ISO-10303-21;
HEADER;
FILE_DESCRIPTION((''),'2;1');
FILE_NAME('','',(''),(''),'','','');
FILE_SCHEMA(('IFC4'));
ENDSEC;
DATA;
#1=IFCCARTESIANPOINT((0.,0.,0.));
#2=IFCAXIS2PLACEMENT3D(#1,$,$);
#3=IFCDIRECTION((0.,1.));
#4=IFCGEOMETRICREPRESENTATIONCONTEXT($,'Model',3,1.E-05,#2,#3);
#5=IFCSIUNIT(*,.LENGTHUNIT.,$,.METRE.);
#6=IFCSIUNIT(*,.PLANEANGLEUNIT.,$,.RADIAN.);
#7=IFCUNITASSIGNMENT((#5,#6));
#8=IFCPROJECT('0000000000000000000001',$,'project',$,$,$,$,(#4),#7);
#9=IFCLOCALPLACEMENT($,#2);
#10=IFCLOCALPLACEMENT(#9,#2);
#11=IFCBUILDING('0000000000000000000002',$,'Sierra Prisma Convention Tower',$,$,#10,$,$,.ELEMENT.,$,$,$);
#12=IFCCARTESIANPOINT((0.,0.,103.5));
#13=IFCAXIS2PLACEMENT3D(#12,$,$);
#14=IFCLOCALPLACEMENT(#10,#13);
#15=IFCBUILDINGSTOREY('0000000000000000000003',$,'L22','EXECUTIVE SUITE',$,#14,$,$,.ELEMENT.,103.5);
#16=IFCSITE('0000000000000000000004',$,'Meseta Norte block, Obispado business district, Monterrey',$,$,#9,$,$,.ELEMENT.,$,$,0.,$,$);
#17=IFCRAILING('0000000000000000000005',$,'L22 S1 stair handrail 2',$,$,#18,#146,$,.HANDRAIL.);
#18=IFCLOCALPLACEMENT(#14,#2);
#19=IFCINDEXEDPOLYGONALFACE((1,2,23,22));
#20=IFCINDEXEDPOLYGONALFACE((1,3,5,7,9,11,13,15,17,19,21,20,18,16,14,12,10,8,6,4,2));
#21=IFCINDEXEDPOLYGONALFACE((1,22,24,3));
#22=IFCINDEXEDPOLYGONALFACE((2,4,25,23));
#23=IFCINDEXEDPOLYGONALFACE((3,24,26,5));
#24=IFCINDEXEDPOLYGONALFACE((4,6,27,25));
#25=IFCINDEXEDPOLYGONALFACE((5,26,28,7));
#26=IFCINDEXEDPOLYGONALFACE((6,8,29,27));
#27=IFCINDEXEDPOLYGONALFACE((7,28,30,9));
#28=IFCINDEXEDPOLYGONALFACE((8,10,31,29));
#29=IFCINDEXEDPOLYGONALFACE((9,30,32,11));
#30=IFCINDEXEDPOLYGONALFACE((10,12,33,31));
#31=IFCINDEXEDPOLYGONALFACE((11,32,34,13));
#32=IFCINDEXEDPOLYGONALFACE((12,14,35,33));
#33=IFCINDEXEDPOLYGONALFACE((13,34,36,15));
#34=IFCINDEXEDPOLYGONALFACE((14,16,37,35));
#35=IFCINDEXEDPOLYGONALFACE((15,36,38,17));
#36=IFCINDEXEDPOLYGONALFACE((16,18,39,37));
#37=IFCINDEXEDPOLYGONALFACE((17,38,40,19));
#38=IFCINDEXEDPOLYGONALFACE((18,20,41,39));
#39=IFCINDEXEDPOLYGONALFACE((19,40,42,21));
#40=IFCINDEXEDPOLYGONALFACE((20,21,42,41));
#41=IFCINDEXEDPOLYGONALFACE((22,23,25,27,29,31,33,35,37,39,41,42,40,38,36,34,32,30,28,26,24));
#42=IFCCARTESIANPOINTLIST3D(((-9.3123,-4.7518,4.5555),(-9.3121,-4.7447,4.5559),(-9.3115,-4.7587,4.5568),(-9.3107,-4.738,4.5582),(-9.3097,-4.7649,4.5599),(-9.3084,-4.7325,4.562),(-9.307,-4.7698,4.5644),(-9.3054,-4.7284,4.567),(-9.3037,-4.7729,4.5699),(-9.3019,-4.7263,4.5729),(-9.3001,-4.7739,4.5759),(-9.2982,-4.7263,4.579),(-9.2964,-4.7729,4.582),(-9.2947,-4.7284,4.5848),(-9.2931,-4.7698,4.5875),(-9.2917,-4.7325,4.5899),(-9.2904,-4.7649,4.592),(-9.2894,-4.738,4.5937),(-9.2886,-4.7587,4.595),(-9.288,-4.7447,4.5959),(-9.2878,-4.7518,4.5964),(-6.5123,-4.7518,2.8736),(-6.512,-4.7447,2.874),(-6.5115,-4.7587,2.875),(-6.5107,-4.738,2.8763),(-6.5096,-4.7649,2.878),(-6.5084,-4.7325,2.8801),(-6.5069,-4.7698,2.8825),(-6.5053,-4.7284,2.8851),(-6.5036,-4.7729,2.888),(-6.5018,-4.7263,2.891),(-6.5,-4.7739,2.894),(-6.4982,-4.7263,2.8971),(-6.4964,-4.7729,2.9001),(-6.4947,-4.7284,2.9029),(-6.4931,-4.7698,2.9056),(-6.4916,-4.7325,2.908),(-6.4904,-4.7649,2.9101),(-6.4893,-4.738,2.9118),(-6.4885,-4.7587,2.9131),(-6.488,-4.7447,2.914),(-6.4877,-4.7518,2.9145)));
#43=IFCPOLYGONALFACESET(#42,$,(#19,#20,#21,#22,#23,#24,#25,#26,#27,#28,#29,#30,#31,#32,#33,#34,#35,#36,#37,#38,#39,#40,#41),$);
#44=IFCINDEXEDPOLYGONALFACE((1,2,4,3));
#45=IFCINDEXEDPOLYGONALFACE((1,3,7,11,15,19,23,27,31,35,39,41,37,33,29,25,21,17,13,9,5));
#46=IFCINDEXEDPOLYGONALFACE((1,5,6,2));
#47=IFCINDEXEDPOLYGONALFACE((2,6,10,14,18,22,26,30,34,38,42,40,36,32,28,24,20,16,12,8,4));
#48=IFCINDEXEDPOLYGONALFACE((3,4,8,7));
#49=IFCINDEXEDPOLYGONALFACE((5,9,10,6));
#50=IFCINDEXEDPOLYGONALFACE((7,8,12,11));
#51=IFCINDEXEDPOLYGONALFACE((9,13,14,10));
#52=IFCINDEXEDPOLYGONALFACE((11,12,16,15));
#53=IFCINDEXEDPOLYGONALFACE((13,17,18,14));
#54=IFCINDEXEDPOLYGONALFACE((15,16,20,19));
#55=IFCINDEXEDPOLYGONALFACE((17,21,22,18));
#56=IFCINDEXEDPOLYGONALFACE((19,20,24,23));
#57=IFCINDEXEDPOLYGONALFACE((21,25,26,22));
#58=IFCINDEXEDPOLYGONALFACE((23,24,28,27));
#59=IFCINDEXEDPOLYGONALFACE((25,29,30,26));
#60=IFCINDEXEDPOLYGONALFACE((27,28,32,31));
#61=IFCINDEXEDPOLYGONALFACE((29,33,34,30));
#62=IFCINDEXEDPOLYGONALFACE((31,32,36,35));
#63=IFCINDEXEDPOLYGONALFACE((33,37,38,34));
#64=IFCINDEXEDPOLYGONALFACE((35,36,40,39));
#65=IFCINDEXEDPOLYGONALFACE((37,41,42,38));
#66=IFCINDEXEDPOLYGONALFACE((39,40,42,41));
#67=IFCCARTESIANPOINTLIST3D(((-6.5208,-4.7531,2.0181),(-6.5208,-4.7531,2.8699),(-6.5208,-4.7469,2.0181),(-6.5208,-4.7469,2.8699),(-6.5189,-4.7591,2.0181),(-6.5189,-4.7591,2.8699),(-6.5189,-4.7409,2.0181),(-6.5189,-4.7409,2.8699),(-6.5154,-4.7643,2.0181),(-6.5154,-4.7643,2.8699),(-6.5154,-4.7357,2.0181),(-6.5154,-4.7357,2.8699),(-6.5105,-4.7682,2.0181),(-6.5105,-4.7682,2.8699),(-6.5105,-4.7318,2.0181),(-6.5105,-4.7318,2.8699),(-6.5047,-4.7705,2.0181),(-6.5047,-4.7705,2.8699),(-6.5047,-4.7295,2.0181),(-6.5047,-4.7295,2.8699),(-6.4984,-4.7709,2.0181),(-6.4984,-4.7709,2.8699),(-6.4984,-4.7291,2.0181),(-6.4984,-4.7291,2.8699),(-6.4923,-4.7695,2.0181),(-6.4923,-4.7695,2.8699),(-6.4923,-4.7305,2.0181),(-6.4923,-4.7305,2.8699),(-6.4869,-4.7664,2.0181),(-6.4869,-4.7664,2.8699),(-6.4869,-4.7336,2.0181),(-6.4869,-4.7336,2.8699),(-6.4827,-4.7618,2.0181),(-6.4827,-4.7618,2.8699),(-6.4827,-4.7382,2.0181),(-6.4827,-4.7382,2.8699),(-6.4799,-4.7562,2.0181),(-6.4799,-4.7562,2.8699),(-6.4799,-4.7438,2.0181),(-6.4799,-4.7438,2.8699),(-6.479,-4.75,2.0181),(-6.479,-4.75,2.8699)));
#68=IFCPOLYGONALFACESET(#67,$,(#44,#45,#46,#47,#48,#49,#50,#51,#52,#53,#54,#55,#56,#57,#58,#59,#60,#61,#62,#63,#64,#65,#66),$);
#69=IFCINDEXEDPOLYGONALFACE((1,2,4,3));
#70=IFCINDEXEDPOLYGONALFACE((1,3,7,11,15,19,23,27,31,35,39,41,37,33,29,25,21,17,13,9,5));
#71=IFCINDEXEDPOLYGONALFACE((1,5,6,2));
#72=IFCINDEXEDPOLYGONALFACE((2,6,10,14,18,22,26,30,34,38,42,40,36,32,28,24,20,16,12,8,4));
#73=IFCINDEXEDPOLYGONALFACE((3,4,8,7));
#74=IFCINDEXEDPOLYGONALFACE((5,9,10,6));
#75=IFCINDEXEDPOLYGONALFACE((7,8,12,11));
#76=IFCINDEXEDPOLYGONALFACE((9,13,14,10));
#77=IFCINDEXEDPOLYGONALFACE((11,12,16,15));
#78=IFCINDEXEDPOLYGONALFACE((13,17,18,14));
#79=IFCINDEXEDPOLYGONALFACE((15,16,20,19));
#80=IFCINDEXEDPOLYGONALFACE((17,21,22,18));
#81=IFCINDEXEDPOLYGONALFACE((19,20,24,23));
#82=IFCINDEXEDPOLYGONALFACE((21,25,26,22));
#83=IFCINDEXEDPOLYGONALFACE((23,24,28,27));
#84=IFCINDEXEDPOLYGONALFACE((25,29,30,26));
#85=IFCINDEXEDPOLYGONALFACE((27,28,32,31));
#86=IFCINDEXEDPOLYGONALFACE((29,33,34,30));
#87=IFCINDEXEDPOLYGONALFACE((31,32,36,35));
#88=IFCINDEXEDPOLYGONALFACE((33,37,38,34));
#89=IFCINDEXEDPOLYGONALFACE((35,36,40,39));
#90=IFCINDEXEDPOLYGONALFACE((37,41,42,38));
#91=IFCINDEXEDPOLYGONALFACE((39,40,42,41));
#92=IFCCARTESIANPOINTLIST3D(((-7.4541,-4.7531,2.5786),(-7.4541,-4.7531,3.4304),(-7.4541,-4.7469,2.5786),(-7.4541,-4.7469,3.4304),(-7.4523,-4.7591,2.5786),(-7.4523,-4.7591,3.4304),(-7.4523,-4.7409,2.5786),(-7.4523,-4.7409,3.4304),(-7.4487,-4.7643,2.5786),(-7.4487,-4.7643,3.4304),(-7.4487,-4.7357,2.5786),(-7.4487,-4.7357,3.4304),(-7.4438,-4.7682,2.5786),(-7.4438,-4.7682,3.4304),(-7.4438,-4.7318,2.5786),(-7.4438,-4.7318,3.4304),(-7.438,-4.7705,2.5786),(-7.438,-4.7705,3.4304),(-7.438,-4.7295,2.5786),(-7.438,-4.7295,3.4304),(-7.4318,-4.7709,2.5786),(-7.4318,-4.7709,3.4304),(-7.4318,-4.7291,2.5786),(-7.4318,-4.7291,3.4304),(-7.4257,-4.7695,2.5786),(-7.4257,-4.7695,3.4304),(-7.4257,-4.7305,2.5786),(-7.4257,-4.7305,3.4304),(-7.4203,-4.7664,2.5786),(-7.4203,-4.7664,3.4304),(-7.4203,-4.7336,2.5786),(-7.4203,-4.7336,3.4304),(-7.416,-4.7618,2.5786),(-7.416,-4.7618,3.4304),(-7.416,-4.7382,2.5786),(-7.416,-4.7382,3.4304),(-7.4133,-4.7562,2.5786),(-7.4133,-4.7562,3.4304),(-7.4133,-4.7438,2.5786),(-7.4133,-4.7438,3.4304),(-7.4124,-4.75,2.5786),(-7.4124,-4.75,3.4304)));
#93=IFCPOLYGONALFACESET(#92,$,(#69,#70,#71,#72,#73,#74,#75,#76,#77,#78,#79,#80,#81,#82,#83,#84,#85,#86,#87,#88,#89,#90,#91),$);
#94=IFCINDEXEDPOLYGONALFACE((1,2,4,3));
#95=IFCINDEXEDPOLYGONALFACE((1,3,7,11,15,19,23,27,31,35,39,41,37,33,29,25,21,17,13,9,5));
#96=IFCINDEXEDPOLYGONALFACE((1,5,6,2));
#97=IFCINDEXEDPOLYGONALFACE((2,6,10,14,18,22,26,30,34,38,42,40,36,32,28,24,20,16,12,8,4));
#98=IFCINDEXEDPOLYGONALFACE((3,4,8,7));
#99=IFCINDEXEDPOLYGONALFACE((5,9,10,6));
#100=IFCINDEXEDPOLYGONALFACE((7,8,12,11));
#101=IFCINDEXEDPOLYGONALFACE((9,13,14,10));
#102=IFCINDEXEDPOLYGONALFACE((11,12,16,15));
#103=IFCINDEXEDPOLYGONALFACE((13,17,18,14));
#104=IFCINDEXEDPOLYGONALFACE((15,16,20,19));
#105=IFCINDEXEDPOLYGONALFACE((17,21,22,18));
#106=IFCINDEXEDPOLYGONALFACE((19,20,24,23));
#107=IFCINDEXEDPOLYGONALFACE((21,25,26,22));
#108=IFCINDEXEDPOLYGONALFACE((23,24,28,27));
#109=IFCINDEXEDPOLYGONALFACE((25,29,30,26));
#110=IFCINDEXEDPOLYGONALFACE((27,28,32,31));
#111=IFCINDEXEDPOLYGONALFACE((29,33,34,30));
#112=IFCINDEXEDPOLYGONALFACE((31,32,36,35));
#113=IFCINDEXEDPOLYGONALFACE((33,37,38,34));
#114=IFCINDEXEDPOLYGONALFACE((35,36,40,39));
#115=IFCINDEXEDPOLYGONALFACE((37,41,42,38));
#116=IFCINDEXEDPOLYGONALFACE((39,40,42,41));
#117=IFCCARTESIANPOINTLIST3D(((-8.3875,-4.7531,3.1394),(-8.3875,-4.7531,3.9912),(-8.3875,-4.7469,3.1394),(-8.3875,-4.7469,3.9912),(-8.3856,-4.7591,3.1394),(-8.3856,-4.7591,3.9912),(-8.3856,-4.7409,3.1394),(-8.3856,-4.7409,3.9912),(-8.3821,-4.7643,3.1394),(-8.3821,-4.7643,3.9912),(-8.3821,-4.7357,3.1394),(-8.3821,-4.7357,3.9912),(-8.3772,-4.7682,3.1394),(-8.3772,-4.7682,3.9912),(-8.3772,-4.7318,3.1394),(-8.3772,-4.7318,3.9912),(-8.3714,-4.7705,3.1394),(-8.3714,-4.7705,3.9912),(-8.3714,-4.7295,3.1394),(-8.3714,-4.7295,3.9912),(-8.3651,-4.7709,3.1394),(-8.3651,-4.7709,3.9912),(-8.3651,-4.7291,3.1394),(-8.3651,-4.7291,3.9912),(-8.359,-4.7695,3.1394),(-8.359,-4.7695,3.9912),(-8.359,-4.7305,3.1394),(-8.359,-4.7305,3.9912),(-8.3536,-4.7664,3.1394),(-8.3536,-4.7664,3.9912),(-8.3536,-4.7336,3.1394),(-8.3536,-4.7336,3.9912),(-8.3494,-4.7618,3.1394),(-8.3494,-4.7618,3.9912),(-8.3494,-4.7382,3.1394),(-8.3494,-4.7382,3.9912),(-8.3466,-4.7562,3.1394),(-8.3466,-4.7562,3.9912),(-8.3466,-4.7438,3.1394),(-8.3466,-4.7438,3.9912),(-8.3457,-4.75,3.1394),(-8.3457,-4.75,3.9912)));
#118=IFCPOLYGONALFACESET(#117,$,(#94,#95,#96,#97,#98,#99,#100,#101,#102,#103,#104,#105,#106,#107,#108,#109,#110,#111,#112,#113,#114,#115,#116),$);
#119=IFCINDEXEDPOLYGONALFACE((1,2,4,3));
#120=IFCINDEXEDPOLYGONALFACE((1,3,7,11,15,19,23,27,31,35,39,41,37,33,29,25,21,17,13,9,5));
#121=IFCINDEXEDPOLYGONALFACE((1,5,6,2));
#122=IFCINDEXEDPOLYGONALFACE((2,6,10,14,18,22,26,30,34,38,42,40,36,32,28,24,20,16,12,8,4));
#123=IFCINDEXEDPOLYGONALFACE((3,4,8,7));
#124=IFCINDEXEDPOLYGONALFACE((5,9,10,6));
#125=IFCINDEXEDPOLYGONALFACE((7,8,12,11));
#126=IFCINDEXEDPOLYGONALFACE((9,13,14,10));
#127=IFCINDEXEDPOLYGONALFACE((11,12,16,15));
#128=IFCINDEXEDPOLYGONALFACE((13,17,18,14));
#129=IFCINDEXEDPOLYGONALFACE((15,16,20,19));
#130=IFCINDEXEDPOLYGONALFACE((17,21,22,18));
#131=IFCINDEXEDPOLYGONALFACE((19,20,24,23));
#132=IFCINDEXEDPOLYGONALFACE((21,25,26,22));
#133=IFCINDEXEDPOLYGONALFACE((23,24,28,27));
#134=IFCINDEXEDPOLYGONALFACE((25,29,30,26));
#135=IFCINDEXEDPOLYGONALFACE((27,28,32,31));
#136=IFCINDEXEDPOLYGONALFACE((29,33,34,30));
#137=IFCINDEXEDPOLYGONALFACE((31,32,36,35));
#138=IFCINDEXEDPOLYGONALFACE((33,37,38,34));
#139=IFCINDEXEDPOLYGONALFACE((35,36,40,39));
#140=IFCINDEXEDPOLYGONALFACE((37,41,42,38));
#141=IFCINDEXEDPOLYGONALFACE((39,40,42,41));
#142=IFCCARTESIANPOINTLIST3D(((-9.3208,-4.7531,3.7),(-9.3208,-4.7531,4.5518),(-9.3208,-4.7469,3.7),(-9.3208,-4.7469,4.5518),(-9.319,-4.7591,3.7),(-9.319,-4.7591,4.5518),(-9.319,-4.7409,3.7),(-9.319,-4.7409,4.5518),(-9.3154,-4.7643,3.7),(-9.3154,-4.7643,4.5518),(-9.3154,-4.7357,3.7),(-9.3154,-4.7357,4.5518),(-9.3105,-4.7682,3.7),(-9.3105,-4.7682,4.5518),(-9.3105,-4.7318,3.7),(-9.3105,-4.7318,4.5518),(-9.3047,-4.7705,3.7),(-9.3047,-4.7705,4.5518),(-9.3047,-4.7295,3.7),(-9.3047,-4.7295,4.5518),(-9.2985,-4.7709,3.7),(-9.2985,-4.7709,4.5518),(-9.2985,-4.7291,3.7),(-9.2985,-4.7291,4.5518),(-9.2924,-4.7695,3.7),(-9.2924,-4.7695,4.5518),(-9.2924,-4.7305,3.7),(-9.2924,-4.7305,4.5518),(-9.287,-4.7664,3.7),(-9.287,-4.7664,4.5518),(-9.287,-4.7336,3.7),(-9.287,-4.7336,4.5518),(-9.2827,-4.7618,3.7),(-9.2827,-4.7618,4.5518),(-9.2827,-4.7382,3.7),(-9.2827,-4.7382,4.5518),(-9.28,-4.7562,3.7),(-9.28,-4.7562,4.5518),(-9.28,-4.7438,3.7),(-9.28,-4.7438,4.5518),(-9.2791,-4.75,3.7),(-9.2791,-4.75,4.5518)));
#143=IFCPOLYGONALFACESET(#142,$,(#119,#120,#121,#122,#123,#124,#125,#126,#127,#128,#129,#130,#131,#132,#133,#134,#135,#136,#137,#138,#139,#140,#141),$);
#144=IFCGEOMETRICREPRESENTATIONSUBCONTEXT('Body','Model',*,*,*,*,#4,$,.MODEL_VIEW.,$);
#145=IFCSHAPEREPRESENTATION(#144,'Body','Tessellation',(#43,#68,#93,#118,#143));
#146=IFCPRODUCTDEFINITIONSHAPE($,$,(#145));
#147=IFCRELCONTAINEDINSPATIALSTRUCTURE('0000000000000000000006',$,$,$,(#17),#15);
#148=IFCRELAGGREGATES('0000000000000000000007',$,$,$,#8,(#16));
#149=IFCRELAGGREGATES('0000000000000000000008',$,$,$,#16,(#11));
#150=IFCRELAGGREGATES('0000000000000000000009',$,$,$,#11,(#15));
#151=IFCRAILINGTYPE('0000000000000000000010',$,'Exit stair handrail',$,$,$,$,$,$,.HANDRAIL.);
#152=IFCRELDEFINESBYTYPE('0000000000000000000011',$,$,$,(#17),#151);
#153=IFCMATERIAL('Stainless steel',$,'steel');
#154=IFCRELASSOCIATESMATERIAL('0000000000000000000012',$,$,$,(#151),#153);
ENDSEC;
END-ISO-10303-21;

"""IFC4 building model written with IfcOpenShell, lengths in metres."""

from ifc_helpers import new_model, si_unit, direction, frame, origin, origin_2d, place, context, subcontext, project, spatial, circle, extrude, material, type_object, element, save


model = new_model("IFC4")

# Units and contexts
model_context = context("Model", 3, precision=1e-05, world=origin(), true_north=direction((0.0, 1.0)))
body_context = subcontext(model_context, "Body", "Model", "MODEL_VIEW")
ifc_project = project(units=[si_unit("LENGTHUNIT", "METRE"), si_unit("PLANEANGLEUNIT", "RADIAN")], contexts=[model_context])

# Site, building, storey
site_placement = place(None, origin())
site = spatial("IfcSite", under=ifc_project, at=site_placement, Name="Meseta Norte block, Obispado business district, Monterrey", CompositionType="ELEMENT", RefElevation=0.0)
building_placement = place(site_placement, origin())
building = spatial("IfcBuilding", under=site, at=building_placement, Name="Sierra Prisma Convention Tower", CompositionType="ELEMENT")
storey_placement = place(building_placement, frame((0.0, 0.0, 103.5)))
storey = spatial("IfcBuildingStorey", under=building, at=storey_placement, Name="L22", Description="EXECUTIVE SUITE", CompositionType="ELEMENT", Elevation=103.5)

# Railing
ifc_material_1 = material(Name="Stainless steel", Category="steel")
railing_type_1 = type_object("IfcRailingType", Name="Exit stair handrail", PredefinedType="HANDRAIL", material=ifc_material_1)
railing_1_placement = place(storey_placement, frame((-6.5, -4.75, 2.0181)))
element("IfcRailing", 1, at=railing_1_placement, inside=storey, type_object=railing_type_1, Name="L22 S1 stair handrail 2", PredefinedType="HANDRAIL", context=body_context, shape_type="SweptSolid", body=[
    extrude(circle(Radius=0.0239, at=origin_2d()), frame((0.0, 0.0, 0.876), z_axis=(-0.857242, 0.0, 0.514913), x_axis=(0.0, -1.0, 0.0)), (0.0, 0.0, 1.0), 3.2664),
    extrude(circle(Radius=0.021, at=origin_2d()), origin(), (0.0, 0.0, 1.0), 0.8518),
    extrude(circle(Radius=0.021, at=origin_2d()), frame((-0.9333, 0.0, 0.5605)), (0.0, 0.0, 1.0), 0.8518),
    extrude(circle(Radius=0.021, at=origin_2d()), frame((-1.8667, 0.0, 1.1213)), (0.0, 0.0, 1.0), 0.8518),
    extrude(circle(Radius=0.021, at=origin_2d()), frame((-2.8, 0.0, 1.6819)), (0.0, 0.0, 1.0), 0.8518),
])

save(model, "model.ifc")
